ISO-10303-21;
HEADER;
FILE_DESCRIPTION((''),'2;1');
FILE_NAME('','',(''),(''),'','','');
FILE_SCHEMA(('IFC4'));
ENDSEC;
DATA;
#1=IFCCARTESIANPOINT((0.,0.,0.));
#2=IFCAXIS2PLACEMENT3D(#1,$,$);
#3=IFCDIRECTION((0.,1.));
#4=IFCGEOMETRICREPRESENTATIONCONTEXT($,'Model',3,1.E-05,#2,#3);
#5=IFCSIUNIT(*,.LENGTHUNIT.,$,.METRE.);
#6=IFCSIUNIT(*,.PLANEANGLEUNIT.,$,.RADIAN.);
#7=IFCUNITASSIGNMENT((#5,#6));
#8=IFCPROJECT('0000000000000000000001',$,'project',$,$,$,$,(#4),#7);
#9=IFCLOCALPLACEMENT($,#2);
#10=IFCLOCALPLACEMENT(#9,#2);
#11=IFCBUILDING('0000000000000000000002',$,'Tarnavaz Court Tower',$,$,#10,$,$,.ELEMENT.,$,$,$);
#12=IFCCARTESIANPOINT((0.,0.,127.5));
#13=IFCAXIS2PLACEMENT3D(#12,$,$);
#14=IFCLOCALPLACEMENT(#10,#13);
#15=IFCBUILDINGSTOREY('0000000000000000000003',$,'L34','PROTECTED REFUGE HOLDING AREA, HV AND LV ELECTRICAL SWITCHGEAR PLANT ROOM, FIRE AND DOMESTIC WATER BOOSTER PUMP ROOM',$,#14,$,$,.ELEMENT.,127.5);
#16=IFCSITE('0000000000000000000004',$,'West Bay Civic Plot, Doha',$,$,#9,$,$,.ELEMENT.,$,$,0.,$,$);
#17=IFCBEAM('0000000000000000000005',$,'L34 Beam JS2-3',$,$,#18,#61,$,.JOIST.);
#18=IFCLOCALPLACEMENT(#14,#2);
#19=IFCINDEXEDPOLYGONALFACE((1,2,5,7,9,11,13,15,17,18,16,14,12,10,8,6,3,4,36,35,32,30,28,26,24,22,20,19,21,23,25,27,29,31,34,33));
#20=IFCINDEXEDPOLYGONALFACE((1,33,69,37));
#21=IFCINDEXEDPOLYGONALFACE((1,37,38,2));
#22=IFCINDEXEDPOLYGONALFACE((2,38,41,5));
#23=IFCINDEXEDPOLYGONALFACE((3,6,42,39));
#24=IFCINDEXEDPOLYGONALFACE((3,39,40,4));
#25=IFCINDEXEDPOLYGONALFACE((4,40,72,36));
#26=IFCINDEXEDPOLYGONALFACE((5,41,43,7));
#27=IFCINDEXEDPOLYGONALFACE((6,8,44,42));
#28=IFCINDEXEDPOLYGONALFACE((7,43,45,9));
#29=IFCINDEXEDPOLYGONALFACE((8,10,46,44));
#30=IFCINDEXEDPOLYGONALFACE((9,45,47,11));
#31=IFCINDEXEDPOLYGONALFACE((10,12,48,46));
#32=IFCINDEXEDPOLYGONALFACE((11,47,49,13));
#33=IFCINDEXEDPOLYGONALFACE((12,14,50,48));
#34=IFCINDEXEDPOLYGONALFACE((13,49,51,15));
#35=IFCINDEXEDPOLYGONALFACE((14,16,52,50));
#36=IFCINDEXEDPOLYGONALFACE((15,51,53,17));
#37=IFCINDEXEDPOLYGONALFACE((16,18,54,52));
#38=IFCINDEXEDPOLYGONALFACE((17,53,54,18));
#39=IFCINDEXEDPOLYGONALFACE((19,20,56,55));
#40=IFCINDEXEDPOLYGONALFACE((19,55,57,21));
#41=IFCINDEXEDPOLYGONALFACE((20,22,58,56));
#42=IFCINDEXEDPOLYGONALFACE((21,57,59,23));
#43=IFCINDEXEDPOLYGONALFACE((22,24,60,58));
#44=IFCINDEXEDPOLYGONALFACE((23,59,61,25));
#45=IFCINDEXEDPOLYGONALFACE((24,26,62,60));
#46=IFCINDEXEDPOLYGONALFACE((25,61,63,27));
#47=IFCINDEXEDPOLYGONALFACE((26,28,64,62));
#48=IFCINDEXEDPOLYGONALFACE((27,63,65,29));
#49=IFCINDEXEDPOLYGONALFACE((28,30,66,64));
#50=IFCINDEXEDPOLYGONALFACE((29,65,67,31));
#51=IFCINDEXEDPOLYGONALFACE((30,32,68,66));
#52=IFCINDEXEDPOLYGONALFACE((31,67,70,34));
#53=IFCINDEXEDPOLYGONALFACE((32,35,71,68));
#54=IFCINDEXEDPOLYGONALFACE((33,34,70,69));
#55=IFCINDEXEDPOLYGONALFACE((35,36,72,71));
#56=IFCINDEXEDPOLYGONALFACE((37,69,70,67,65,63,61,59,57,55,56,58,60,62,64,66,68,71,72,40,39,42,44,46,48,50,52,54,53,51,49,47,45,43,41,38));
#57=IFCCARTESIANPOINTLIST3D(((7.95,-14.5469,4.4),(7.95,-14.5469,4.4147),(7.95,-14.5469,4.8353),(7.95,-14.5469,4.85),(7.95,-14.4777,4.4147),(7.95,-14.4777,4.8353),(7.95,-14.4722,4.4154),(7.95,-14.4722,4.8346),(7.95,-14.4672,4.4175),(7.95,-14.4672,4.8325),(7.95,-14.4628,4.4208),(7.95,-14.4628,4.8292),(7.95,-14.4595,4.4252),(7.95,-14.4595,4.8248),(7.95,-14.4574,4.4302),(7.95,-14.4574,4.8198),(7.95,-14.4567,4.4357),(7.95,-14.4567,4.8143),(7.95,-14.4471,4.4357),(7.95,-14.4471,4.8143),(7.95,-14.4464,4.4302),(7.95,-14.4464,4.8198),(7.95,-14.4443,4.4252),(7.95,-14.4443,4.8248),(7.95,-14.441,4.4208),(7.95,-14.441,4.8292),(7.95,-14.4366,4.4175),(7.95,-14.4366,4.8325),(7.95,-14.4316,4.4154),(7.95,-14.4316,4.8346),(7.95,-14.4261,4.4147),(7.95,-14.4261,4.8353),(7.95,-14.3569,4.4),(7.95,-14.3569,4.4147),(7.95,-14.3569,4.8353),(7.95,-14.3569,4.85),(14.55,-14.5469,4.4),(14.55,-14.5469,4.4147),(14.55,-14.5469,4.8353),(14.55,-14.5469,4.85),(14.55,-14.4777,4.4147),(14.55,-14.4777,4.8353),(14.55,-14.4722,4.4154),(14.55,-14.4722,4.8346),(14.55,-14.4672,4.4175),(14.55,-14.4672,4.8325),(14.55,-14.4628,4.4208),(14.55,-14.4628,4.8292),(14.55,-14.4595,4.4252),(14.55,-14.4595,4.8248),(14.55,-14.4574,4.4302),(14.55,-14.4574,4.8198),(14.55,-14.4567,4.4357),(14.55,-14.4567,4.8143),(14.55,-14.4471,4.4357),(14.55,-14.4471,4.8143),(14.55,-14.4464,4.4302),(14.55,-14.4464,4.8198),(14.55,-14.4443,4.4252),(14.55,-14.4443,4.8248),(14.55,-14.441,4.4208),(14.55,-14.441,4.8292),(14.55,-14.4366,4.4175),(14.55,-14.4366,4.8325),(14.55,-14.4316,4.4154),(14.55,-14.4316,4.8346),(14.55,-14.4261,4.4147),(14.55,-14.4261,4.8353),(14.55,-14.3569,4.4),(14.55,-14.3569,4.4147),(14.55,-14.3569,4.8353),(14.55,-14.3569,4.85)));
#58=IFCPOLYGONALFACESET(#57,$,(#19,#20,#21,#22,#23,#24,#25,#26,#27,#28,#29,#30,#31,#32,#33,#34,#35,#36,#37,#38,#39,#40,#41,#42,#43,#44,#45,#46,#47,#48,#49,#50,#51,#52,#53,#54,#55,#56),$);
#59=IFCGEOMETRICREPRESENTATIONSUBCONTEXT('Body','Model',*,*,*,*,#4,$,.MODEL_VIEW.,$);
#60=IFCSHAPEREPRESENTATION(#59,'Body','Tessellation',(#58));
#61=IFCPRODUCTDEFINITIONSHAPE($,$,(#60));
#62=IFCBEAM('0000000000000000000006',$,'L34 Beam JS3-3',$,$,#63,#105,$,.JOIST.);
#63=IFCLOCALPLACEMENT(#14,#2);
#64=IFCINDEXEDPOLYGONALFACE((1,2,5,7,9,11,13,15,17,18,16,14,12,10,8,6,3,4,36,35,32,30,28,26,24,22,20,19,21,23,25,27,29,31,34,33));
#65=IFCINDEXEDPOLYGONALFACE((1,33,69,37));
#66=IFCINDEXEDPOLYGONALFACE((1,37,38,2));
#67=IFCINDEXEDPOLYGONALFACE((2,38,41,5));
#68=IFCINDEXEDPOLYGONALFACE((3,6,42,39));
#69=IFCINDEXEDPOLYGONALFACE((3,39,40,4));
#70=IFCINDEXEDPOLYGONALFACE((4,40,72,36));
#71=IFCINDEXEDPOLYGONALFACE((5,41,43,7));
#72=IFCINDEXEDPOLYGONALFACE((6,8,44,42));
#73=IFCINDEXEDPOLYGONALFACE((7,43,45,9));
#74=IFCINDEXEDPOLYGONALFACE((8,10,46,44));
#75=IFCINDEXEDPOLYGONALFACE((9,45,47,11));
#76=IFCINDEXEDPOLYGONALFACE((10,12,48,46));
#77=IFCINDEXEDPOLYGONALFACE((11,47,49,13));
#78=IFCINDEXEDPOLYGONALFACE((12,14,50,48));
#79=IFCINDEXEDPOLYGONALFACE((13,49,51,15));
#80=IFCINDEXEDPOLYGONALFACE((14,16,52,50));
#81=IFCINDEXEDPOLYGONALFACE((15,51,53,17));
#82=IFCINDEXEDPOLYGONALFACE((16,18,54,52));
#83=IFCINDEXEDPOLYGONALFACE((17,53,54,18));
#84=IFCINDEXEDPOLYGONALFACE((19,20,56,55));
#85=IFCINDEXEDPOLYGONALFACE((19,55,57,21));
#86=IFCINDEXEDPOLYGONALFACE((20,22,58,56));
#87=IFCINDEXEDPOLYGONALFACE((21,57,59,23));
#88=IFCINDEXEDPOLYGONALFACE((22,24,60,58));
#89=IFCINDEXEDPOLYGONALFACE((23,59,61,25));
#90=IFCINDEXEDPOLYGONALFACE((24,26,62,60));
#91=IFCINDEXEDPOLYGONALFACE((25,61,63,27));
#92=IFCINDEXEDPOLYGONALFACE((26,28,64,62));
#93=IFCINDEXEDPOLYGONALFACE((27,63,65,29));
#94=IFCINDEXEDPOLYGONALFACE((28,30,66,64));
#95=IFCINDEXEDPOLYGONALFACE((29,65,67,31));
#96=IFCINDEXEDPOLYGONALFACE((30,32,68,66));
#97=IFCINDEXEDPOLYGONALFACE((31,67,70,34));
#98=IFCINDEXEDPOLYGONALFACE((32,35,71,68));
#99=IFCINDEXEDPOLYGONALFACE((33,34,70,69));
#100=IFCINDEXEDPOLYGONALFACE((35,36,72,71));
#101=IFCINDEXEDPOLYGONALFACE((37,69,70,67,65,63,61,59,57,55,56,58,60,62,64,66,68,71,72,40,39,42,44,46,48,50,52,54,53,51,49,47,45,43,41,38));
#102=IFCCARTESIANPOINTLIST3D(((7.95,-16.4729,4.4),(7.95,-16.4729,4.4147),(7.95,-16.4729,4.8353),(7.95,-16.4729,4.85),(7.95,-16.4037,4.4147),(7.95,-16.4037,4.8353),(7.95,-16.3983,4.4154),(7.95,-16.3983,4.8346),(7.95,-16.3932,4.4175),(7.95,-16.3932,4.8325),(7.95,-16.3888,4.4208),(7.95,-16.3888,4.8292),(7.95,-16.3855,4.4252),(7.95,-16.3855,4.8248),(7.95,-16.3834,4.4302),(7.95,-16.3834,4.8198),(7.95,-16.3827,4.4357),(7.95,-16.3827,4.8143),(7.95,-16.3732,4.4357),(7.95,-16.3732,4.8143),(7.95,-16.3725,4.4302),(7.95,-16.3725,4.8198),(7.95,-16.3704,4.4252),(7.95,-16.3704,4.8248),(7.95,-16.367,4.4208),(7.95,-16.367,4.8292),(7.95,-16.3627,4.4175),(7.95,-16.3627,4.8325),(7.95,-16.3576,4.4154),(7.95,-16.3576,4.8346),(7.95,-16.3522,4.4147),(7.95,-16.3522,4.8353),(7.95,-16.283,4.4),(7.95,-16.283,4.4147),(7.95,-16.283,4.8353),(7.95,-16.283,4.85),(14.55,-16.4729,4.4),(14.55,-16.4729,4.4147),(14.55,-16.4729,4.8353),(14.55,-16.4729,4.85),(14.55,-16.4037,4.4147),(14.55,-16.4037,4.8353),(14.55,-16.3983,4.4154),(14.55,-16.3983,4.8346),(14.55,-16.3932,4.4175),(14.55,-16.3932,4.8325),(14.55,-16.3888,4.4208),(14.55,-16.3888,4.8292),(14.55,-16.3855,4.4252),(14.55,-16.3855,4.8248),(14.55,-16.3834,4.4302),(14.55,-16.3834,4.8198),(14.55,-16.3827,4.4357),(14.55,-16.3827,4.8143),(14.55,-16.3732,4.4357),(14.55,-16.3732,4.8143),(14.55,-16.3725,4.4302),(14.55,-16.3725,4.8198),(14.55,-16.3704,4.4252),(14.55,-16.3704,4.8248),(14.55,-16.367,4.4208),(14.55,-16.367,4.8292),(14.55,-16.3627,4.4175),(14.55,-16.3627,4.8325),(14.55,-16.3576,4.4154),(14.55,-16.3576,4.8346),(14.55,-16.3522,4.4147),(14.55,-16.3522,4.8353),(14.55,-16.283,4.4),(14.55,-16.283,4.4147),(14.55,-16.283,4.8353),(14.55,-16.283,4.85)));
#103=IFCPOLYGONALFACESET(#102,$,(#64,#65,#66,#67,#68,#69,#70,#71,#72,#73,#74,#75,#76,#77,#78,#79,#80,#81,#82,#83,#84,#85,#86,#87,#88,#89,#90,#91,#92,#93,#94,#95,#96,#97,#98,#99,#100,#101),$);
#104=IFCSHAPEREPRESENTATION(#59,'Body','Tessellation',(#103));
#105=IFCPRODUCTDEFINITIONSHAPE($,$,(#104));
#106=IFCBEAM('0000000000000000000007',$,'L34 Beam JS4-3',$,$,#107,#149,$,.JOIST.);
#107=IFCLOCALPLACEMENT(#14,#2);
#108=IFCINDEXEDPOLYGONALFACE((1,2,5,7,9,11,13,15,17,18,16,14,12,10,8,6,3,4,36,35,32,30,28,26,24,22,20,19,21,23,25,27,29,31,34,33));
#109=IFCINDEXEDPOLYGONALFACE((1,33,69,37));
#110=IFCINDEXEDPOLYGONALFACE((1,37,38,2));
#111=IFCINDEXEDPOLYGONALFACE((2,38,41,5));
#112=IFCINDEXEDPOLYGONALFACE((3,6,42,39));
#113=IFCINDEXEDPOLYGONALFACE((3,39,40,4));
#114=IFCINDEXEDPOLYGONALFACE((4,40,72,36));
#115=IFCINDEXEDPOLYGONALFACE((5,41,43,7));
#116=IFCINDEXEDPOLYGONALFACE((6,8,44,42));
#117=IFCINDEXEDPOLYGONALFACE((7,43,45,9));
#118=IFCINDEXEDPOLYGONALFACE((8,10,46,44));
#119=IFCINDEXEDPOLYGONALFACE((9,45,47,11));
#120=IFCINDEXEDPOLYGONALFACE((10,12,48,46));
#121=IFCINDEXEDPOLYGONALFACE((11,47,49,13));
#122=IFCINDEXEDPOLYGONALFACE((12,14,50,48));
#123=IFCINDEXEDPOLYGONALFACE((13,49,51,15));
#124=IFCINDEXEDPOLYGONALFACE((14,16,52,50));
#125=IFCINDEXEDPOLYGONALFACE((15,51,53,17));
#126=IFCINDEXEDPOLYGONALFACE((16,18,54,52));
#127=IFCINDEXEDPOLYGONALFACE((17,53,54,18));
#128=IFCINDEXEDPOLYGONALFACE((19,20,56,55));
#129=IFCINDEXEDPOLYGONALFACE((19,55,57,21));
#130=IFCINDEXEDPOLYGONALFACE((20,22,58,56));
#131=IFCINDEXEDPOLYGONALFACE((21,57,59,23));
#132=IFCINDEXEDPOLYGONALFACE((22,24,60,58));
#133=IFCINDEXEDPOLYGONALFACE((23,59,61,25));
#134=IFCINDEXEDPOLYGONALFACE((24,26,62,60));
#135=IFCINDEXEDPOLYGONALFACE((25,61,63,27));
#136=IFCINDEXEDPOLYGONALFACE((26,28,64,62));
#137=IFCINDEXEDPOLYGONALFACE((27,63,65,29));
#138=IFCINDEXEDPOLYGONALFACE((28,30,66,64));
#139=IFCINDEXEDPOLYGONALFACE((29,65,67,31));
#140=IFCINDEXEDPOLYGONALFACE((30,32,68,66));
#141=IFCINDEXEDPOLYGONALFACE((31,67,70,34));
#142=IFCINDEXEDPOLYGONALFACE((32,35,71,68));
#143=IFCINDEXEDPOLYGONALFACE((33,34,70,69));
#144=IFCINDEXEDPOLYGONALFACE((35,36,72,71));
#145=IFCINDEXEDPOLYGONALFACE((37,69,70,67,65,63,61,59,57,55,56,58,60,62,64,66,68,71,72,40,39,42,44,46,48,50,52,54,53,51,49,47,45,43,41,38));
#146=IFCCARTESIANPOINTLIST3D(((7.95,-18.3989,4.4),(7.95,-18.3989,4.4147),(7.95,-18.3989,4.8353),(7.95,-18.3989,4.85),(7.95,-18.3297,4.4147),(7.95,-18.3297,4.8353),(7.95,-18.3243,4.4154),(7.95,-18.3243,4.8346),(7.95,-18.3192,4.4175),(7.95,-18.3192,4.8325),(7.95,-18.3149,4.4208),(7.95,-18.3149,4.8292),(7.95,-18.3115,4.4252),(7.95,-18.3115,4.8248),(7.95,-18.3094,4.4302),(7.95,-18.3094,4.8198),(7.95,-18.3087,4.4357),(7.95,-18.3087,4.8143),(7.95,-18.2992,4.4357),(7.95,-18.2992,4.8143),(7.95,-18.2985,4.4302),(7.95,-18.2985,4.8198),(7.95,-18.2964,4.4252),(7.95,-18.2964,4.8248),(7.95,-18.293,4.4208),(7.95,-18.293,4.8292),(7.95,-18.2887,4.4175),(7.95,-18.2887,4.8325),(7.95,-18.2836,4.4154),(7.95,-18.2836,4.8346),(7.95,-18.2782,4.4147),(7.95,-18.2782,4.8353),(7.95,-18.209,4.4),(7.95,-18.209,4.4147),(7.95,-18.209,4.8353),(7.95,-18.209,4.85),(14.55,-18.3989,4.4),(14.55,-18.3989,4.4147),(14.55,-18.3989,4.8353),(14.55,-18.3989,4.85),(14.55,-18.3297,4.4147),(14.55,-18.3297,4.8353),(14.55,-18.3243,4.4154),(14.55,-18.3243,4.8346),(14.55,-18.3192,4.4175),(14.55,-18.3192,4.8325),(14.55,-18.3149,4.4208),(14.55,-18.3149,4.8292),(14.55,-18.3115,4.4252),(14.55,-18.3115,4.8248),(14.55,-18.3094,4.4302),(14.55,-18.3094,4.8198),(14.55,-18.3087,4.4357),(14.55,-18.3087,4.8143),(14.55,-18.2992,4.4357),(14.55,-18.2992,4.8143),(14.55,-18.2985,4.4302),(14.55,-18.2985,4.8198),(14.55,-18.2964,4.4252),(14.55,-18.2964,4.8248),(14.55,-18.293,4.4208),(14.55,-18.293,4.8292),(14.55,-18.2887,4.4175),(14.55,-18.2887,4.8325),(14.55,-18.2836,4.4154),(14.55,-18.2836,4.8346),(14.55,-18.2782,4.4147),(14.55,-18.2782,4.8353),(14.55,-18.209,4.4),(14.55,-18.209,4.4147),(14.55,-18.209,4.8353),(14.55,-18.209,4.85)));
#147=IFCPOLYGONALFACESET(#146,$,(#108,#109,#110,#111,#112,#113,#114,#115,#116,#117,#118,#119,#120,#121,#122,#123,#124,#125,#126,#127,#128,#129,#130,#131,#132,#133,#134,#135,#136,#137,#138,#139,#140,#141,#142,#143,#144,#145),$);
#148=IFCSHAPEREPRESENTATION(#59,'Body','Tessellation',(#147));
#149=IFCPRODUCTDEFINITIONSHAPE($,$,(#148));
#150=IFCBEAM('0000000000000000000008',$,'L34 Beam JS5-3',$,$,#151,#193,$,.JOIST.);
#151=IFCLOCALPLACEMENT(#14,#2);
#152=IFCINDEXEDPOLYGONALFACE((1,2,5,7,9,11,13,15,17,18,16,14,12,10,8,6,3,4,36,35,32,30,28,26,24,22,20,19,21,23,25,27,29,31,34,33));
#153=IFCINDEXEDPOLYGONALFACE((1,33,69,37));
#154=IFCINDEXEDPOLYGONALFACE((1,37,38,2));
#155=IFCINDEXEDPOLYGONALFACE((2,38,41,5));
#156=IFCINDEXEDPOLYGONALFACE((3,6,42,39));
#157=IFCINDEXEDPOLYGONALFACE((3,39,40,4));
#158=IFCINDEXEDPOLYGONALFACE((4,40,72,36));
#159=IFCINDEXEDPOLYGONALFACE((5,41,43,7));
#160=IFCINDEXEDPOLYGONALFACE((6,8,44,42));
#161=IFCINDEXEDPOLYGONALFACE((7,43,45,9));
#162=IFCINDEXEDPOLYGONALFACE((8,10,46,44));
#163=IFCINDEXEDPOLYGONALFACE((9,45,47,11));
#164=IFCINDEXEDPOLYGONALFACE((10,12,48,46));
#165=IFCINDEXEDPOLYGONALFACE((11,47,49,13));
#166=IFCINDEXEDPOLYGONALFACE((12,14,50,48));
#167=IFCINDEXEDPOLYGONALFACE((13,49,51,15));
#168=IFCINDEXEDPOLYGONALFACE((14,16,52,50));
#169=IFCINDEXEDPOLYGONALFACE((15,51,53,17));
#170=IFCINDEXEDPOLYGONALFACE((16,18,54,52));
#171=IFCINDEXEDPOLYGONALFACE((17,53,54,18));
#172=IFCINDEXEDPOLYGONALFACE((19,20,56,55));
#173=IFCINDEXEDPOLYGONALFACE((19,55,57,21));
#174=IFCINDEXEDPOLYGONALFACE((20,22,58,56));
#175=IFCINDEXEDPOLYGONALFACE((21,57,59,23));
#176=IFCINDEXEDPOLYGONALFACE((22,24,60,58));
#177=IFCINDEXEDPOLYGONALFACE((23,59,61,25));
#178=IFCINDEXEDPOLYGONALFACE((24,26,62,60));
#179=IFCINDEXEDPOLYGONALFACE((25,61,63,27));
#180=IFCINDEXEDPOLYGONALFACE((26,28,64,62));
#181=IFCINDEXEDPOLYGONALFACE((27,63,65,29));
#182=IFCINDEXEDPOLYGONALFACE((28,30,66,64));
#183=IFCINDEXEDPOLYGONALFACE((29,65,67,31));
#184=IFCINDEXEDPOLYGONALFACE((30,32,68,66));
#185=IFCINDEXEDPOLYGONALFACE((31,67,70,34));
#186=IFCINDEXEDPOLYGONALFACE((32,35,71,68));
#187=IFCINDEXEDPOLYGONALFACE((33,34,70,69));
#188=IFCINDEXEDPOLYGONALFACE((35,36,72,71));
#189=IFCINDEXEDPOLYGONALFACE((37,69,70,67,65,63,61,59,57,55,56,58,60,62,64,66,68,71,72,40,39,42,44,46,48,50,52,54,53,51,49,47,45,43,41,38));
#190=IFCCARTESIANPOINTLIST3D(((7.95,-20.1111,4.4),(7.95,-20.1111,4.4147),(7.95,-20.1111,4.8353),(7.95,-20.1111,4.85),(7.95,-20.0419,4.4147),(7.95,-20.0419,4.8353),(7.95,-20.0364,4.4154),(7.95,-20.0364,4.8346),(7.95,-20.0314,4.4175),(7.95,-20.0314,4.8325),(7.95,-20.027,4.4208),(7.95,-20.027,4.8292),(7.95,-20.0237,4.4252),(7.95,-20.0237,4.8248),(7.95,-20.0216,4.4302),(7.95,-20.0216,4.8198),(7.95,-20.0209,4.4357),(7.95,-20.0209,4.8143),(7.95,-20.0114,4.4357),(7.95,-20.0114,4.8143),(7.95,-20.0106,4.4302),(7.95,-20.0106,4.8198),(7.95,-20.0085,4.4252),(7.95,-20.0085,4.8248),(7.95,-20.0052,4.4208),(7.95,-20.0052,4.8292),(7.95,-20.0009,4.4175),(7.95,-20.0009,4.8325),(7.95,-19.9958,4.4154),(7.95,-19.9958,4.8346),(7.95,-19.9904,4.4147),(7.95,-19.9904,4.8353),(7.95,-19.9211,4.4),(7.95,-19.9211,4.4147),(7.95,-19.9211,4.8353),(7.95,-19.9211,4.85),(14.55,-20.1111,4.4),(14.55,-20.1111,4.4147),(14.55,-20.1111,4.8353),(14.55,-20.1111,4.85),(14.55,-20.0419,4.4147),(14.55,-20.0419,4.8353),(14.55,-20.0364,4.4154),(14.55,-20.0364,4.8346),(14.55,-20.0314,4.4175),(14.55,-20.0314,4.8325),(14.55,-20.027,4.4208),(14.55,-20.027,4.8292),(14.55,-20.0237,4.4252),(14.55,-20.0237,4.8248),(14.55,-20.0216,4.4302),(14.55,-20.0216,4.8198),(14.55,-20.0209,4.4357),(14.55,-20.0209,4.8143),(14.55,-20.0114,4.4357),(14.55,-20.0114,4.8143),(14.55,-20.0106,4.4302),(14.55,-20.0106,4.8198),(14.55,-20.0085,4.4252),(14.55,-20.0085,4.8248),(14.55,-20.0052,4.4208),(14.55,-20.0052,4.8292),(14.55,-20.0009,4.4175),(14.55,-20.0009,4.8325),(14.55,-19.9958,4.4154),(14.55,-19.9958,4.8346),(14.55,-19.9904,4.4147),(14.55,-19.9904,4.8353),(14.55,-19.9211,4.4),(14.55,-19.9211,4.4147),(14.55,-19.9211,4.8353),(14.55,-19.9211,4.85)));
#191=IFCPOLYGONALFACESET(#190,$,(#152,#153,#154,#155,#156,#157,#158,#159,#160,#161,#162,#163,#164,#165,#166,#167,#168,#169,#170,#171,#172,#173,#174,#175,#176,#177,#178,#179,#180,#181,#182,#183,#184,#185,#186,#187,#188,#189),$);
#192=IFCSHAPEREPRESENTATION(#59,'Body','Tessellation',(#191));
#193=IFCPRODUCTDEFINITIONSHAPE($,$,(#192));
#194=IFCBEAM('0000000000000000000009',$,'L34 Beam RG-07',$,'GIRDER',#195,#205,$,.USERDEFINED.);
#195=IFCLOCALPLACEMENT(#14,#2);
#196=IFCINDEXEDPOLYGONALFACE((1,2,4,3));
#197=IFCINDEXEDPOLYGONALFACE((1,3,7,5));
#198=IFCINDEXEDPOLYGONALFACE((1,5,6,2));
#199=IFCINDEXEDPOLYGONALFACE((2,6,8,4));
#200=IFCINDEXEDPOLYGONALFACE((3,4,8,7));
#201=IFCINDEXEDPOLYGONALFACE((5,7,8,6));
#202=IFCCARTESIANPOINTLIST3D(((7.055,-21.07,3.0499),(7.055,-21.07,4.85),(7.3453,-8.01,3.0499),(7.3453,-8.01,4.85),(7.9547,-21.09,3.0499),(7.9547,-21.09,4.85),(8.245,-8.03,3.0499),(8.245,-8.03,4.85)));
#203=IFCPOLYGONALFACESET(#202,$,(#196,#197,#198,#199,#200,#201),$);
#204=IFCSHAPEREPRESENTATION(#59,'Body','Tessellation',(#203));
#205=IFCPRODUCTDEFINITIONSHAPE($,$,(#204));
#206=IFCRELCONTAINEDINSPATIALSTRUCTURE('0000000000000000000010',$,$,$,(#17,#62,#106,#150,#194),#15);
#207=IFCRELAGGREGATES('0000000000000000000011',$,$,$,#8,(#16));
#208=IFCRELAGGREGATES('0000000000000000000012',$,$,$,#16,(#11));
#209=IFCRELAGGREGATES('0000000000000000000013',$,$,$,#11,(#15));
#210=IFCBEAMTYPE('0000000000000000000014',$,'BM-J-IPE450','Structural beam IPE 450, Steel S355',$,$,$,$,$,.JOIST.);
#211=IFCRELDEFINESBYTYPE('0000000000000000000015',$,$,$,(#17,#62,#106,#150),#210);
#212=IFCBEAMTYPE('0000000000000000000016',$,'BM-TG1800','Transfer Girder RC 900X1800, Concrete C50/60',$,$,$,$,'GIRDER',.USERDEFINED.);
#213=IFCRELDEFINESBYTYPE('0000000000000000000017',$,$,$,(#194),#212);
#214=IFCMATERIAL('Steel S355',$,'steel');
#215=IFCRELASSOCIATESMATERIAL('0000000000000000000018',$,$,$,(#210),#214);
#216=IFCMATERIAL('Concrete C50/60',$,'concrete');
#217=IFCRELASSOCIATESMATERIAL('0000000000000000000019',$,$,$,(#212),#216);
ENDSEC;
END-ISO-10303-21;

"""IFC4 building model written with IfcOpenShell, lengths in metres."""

from ifc_helpers import new_model, si_unit, direction, frame, origin, origin_2d, place, context, subcontext, project, spatial, rectangle, i_section, extrude, material, material_profile, profile_set, type_object, element, save


model = new_model("IFC4")

# Units and contexts
model_context = context("Model", 3, precision=1e-05, world=origin(), true_north=direction((0.0, 1.0)))
body_context = subcontext(model_context, "Body", "Model", "MODEL_VIEW")
ifc_project = project(units=[si_unit("LENGTHUNIT", "METRE"), si_unit("PLANEANGLEUNIT", "RADIAN")], contexts=[model_context])

# Site, building, storey
site_placement = place(None, origin())
site = spatial("IfcSite", under=ifc_project, at=site_placement, Name="West Bay Civic Plot, Doha", CompositionType="ELEMENT", RefElevation=0.0)
building_placement = place(site_placement, origin())
building = spatial("IfcBuilding", under=site, at=building_placement, Name="Tarnavaz Court Tower", CompositionType="ELEMENT")
storey_placement = place(building_placement, frame((0.0, 0.0, 127.5)))
storey = spatial("IfcBuildingStorey", under=building, at=storey_placement, Name="L34", Description="PROTECTED REFUGE HOLDING AREA, HV AND LV ELECTRICAL SWITCHGEAR PLANT ROOM, FIRE AND DOMESTIC WATER BOOSTER PUMP ROOM", CompositionType="ELEMENT", Elevation=127.5)

# Beams
ifc_material_1 = material(Name="Steel S355", Category="steel")
ifc_material_profile_1 = material_profile(ifc_material_1, i_section(OverallWidth=0.1899, OverallDepth=0.45, WebThickness=0.0095, FlangeThickness=0.0146, FilletRadius=0.021, at=origin_2d()), Name="IPE 450")
ifc_profile_set_1 = profile_set([ifc_material_profile_1], Name="Steel S355")
beam_type_1 = type_object("IfcBeamType", Name="BM-J-IPE450", Description="Structural beam IPE 450, Steel S355", PredefinedType="JOIST", material=ifc_profile_set_1)
for number, where, z_axis, x_axis, name in (
    (1, (7.95, -14.4519, 4.625), (1.0, 0.0, 0.0), (0.0, 1.0, 0.0), "L34 Beam JS2-3"),
    (2, (7.95, -16.3779, 4.625), (1.0, 0.0, 0.0), (0.0, 1.0, 0.0), "L34 Beam JS3-3"),
    (3, (7.95, -18.304, 4.625), (1.0, 0.0, 0.0), (0.0, 1.0, 0.0), "L34 Beam JS4-3"),
    (4, (7.95, -20.0161, 4.625), (1.0, 0.0, 0.0), (0.0, 1.0, 0.0), "L34 Beam JS5-3"),
):
    element("IfcBeam", number, at=place(storey_placement, frame(where, z_axis=z_axis, x_axis=x_axis)), inside=storey, type_object=beam_type_1, Name=name, PredefinedType="JOIST", context=body_context, shape_type="SweptSolid", body=[
        extrude(i_section(OverallWidth=0.1899, OverallDepth=0.45, WebThickness=0.0095, FlangeThickness=0.0146, FilletRadius=0.021, at=origin_2d()), origin(), (0.0, 0.0, 1.0), 6.6001),
    ])
ifc_material_2 = material(Name="Concrete C50/60", Category="concrete")
ifc_material_profile_2 = material_profile(ifc_material_2, rectangle(XDim=0.8999, YDim=1.8, at=origin_2d()), Name="RC 900X1800")
ifc_profile_set_2 = profile_set([ifc_material_profile_2], Name="Concrete C50/60")
beam_type_2 = type_object("IfcBeamType", Name="BM-TG1800", Description="Transfer Girder RC 900X1800, Concrete C50/60", ElementType="GIRDER", PredefinedType="USERDEFINED", material=ifc_profile_set_2)
beam_1_placement = place(storey_placement, frame((7.7952, -8.02, 3.95), z_axis=(-0.022221, -0.999753, 0.0), x_axis=(0.999753, -0.022221, 0.0)))
element("IfcBeam", 5, at=beam_1_placement, inside=storey, type_object=beam_type_2, Name="L34 Beam RG-07", ObjectType="GIRDER", PredefinedType="USERDEFINED", context=body_context, shape_type="SweptSolid", body=[
    extrude(rectangle(XDim=0.8999, YDim=1.8, at=origin_2d()), origin(), (0.0, 0.0, 1.0), 13.0632),
])

save(model, "model.ifc")
